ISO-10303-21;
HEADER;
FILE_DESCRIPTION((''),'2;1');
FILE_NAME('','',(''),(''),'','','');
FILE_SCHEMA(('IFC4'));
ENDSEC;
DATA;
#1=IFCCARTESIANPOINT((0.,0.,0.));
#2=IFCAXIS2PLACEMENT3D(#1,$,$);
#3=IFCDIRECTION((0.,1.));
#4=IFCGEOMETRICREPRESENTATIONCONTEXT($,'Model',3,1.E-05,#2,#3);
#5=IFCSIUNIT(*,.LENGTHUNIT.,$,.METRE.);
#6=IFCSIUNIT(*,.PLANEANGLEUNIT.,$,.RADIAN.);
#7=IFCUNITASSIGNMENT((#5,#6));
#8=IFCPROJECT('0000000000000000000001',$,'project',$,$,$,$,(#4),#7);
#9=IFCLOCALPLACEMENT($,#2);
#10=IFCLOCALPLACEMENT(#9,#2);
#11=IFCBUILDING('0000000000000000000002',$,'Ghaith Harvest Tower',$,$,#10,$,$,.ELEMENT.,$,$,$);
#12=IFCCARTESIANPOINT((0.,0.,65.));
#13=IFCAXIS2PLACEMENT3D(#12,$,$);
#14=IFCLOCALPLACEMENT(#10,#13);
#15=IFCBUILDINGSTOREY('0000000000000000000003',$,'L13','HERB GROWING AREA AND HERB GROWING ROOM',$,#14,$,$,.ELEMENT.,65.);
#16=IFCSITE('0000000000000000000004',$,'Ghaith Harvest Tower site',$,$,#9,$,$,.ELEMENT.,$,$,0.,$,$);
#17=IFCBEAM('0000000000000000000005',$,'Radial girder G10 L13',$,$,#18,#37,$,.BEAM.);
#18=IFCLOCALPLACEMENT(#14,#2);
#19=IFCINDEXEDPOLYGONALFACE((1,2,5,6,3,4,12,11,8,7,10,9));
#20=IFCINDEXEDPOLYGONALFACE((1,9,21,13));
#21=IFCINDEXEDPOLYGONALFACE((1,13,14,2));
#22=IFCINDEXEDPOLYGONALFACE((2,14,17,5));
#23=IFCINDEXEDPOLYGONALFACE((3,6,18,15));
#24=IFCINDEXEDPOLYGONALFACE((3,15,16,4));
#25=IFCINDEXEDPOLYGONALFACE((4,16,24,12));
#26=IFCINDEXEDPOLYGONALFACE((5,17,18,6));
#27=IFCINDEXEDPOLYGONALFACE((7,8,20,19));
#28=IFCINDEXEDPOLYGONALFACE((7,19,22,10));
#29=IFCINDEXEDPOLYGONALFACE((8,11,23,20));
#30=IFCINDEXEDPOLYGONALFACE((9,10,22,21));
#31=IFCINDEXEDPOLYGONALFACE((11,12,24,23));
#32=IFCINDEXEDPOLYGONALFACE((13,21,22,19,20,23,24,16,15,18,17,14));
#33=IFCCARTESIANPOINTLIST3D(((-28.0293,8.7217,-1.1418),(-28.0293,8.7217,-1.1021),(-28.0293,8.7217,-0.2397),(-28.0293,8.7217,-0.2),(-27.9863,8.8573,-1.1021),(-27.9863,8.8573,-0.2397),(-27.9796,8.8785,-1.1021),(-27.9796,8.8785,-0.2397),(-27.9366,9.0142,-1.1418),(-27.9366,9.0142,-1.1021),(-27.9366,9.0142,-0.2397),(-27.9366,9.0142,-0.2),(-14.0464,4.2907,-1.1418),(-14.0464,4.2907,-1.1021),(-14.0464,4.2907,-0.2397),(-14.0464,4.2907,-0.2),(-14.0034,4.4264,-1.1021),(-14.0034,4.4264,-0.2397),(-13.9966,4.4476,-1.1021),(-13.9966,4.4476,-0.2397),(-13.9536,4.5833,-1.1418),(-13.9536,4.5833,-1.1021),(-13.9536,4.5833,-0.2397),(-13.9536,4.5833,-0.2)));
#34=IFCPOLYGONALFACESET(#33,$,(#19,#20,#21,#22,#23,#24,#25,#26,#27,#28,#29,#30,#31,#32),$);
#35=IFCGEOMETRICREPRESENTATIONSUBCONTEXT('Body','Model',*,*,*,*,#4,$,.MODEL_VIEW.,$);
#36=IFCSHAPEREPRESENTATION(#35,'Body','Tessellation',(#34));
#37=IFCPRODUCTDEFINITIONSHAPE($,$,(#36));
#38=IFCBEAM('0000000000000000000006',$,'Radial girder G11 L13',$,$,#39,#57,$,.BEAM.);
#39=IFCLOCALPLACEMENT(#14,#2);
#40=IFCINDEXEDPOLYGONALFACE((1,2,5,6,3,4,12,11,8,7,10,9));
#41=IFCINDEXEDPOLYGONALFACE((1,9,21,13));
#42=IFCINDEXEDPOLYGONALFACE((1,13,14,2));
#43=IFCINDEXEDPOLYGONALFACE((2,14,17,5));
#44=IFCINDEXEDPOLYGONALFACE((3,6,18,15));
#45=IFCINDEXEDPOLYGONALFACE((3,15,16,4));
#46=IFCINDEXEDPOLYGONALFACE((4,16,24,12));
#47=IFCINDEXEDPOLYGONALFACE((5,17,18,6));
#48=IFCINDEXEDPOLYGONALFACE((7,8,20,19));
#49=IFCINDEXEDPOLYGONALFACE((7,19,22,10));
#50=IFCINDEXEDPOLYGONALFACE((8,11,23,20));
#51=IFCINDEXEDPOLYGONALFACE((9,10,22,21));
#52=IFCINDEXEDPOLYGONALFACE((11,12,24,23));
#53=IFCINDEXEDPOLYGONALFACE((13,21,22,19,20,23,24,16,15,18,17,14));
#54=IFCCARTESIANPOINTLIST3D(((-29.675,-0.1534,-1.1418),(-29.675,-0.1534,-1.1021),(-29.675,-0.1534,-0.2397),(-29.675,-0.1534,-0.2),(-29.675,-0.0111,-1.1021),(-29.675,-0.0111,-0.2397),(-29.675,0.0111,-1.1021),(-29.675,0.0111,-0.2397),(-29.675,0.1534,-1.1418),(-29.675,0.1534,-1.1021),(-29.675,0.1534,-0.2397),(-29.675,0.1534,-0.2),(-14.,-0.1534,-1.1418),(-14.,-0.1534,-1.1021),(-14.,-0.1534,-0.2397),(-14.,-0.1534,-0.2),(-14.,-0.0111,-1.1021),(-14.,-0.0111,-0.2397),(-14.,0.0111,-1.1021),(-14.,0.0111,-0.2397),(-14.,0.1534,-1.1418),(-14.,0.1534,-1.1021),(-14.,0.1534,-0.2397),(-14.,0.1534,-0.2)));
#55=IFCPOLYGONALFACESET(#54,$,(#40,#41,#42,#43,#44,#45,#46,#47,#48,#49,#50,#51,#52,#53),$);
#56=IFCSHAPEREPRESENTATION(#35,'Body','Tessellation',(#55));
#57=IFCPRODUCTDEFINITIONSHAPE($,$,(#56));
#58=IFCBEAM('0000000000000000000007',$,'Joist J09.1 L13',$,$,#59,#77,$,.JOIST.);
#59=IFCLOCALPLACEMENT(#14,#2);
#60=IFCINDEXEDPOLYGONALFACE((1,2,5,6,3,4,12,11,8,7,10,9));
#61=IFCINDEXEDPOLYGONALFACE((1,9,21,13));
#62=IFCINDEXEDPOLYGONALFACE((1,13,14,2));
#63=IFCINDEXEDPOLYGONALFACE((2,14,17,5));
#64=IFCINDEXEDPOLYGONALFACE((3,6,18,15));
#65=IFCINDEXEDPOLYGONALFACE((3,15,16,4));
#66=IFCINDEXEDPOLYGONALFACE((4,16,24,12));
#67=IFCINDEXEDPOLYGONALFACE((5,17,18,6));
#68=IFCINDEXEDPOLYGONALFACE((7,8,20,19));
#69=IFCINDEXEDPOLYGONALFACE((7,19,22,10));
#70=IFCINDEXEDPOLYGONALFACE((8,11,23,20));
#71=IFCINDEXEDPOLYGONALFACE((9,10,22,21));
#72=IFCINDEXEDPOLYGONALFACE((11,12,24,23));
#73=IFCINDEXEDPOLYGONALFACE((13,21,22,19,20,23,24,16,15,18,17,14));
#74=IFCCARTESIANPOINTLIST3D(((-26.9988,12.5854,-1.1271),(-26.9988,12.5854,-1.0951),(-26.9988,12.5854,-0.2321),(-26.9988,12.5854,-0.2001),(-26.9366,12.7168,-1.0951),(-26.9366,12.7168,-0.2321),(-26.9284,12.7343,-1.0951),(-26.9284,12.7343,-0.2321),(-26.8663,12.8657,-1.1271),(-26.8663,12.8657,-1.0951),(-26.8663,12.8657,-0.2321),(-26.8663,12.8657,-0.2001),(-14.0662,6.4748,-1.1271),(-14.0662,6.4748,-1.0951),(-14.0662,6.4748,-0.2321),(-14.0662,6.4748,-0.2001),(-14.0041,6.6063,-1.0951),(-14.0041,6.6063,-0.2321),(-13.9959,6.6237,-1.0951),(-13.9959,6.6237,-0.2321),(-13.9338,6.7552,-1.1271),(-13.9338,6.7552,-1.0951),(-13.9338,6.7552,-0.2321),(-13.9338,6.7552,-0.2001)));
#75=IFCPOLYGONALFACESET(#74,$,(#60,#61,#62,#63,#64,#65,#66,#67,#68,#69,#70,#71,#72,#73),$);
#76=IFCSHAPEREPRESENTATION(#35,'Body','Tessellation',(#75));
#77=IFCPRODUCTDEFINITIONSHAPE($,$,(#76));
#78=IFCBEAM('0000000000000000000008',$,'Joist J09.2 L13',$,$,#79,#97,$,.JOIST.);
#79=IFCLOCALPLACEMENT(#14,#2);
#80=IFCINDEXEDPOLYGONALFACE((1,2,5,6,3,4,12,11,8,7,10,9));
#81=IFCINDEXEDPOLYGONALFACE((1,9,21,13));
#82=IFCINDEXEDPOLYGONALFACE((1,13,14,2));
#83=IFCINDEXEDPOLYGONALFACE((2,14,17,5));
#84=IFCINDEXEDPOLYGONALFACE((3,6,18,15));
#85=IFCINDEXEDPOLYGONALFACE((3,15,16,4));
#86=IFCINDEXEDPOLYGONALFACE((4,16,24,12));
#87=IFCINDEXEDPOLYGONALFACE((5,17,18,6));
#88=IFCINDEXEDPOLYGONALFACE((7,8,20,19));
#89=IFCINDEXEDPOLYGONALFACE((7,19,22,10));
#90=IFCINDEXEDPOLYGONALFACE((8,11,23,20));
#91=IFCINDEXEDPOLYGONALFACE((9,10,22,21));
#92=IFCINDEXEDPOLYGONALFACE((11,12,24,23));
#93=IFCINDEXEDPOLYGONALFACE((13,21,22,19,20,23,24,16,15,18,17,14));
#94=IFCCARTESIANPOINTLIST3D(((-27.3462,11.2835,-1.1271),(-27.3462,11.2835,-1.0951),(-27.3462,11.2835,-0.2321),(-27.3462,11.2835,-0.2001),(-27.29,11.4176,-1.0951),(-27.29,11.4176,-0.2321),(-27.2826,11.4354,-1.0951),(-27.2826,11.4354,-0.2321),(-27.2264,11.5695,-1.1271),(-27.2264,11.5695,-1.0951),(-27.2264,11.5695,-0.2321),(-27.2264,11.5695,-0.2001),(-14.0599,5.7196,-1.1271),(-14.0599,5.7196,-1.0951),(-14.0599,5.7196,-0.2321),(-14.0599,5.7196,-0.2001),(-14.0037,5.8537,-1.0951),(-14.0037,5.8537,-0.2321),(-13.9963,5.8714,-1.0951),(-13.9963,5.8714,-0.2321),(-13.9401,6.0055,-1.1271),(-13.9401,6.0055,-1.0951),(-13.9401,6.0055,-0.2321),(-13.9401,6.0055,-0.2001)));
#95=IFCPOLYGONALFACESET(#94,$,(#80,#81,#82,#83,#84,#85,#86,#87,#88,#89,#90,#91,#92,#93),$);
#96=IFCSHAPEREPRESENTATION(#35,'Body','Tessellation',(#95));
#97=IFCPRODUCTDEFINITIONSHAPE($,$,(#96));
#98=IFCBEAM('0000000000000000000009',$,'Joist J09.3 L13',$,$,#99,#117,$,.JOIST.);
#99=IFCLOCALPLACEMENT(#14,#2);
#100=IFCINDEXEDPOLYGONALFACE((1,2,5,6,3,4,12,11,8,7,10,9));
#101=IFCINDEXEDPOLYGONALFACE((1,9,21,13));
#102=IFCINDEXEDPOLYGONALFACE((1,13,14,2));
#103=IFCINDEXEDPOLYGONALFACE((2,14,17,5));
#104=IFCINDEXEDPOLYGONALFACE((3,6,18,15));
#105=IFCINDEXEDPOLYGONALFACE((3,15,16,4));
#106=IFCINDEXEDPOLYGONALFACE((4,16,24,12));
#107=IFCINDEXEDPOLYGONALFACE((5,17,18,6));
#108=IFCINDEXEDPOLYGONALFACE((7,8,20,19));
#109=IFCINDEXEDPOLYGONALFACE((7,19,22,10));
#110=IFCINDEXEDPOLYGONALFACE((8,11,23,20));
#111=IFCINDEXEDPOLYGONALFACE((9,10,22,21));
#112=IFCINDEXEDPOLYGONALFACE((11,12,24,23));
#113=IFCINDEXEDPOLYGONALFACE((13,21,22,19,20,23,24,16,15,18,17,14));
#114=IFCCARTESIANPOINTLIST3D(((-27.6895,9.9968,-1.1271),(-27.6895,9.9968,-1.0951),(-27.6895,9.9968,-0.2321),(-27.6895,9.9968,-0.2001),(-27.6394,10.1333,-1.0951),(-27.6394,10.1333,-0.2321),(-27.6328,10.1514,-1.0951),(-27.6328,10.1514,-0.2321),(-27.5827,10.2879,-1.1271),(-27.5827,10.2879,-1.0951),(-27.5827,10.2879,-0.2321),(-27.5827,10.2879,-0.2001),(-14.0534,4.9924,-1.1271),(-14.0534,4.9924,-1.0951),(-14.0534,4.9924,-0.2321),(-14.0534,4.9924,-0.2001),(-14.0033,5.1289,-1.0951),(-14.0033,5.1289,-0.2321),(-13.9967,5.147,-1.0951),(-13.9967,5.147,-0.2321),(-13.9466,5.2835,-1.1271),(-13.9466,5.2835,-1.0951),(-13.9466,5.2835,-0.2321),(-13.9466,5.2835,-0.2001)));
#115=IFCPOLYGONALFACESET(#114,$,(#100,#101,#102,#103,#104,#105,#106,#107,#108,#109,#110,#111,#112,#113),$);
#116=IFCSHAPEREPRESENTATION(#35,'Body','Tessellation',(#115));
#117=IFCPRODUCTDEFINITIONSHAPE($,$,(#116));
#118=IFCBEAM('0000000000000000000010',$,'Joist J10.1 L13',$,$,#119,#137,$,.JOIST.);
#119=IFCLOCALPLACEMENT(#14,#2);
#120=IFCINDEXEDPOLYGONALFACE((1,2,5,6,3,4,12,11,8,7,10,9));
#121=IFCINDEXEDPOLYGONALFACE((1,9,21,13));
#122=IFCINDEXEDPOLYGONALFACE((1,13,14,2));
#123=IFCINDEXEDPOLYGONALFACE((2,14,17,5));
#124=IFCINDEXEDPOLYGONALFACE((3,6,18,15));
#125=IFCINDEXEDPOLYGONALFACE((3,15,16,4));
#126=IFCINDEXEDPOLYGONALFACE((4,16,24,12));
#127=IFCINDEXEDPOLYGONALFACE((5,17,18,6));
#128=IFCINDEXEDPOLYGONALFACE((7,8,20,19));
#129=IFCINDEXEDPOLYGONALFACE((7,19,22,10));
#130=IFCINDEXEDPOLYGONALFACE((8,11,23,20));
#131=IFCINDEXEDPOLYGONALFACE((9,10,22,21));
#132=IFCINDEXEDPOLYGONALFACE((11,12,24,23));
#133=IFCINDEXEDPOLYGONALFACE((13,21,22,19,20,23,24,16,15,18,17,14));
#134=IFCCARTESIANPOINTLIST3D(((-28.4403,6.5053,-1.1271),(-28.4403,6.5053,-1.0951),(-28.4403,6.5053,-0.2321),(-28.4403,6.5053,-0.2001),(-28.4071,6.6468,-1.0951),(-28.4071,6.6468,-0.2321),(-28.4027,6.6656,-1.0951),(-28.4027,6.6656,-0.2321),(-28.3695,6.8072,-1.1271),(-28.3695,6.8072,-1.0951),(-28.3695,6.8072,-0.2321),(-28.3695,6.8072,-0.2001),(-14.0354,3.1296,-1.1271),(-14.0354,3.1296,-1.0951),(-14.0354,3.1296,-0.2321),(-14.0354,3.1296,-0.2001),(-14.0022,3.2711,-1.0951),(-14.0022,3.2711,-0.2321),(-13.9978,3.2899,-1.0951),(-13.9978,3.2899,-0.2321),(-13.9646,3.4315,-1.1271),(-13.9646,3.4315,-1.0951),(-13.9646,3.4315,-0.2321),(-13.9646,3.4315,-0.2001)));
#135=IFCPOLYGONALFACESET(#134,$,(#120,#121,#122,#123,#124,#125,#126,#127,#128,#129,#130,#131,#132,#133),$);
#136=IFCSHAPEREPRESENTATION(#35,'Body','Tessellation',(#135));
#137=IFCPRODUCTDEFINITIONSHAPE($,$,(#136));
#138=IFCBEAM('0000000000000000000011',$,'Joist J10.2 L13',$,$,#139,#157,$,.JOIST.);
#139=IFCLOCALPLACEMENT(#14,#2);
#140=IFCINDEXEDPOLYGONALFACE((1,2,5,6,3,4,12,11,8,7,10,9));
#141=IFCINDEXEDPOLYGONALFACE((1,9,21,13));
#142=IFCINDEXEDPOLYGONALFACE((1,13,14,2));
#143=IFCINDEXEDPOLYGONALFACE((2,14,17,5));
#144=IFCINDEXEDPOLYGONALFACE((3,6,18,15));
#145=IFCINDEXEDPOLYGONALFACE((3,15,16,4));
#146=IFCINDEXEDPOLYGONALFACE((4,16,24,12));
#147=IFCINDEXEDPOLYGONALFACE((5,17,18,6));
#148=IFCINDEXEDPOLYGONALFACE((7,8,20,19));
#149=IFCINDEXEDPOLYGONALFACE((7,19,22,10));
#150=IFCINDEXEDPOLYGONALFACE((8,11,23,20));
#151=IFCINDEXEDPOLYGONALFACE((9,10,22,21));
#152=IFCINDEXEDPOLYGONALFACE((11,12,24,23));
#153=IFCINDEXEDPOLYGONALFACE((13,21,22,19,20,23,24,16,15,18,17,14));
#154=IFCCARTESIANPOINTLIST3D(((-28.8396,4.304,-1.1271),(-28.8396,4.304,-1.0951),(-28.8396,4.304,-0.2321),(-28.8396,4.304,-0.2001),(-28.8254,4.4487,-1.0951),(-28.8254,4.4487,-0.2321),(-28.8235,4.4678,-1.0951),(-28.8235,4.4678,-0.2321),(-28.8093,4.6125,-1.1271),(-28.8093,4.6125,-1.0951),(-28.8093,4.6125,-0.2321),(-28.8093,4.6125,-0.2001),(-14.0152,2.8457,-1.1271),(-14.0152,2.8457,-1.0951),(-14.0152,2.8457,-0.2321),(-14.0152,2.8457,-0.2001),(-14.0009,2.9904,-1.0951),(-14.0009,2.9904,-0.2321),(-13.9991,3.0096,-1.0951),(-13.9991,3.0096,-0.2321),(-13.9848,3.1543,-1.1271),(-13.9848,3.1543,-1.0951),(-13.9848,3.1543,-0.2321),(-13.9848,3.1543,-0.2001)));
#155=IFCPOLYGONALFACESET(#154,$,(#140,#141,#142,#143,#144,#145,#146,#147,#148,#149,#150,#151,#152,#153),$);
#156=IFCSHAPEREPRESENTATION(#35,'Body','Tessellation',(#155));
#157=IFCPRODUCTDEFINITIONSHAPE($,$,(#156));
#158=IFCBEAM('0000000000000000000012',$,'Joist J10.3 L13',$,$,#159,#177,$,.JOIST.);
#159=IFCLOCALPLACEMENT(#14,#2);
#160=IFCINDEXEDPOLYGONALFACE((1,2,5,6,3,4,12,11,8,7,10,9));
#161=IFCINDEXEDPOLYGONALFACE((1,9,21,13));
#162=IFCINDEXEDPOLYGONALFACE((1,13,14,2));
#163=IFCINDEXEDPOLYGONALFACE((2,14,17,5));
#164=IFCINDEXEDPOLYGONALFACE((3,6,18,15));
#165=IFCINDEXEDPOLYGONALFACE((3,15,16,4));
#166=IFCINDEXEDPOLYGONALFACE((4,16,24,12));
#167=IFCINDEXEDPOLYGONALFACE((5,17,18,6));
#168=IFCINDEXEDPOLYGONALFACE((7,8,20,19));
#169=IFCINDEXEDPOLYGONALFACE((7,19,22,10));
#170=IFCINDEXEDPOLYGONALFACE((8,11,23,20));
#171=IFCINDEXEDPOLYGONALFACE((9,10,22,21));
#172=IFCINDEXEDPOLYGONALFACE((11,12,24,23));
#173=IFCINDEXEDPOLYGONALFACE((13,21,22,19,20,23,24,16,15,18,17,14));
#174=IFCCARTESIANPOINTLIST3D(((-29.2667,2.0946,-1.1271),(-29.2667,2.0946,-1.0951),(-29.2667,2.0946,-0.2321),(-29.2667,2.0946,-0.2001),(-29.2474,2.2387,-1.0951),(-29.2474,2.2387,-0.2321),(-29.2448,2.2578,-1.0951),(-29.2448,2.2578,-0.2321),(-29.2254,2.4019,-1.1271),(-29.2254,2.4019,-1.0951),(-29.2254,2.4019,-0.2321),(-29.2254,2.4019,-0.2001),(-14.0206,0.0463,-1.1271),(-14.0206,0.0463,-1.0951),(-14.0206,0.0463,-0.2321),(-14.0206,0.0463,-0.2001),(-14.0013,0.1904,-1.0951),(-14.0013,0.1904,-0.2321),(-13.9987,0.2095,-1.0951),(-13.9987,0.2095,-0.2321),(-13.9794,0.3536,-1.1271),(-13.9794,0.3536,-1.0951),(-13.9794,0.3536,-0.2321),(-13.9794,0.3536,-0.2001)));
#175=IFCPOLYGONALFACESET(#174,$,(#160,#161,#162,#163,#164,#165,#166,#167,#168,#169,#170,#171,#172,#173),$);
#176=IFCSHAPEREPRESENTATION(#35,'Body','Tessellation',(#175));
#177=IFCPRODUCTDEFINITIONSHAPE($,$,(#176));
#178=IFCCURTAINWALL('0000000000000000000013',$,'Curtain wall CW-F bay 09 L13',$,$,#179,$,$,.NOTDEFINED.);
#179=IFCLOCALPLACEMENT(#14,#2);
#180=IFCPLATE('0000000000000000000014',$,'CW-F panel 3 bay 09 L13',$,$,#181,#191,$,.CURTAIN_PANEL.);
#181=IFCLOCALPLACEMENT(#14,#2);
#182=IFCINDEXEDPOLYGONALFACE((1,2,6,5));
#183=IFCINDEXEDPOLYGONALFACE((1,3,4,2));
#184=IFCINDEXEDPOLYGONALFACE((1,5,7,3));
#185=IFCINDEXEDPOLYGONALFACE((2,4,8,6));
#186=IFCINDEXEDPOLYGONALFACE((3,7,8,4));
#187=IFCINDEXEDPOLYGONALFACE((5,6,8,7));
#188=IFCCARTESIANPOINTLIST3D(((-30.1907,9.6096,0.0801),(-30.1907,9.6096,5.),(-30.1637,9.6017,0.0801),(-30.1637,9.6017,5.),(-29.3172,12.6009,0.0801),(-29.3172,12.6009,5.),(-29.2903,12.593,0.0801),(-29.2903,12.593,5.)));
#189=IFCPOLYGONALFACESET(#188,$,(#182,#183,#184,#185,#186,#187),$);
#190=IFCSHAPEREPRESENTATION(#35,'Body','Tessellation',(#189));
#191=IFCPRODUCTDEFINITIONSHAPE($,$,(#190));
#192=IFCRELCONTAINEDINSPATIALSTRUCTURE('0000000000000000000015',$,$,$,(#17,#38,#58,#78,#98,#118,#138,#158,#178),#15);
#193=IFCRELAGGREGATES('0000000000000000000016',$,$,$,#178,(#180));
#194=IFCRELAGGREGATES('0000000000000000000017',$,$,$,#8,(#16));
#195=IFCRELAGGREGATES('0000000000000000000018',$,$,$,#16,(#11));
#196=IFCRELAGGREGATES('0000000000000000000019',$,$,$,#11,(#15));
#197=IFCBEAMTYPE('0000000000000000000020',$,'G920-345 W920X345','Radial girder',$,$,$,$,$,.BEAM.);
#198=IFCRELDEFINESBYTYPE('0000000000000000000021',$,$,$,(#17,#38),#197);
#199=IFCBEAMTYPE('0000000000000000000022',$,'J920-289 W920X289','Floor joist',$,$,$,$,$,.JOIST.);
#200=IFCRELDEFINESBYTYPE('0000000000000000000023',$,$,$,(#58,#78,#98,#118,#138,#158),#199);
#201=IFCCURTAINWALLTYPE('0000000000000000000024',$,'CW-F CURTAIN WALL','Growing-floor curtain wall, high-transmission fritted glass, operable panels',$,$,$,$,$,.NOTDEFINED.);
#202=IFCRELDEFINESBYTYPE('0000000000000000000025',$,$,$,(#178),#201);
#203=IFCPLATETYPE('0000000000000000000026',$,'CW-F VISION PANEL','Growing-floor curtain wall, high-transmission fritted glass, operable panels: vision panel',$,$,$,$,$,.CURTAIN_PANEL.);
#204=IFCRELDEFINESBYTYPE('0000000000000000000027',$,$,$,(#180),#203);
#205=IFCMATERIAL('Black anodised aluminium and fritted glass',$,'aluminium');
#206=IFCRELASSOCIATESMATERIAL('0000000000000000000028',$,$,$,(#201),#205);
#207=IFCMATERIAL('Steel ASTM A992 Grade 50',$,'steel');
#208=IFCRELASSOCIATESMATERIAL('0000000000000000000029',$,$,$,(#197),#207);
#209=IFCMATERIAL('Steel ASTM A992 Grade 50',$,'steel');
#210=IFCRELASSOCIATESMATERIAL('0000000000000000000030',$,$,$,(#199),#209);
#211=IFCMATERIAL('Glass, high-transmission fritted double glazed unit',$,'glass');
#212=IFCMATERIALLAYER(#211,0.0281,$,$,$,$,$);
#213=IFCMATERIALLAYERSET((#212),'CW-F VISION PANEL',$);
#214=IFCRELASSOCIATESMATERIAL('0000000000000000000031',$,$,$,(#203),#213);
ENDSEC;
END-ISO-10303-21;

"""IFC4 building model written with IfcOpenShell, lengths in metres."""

from ifc_helpers import new_model, si_unit, direction, frame, origin, origin_2d, place, context, subcontext, project, spatial, rectangle, i_section, extrude, material, layer, layer_set, material_profile, profile_set, type_object, element, aggregate, save


model = new_model("IFC4")

# Units and contexts
model_context = context("Model", 3, precision=1e-05, world=origin(), true_north=direction((0.0, 1.0)))
body_context = subcontext(model_context, "Body", "Model", "MODEL_VIEW")
ifc_project = project(units=[si_unit("LENGTHUNIT", "METRE"), si_unit("PLANEANGLEUNIT", "RADIAN")], contexts=[model_context])

# Site, building, storey
site_placement = place(None, origin())
site = spatial("IfcSite", under=ifc_project, at=site_placement, Name="Ghaith Harvest Tower site", CompositionType="ELEMENT", RefElevation=0.0)
building_placement = place(site_placement, origin())
building = spatial("IfcBuilding", under=site, at=building_placement, Name="Ghaith Harvest Tower", CompositionType="ELEMENT")
storey_placement = place(building_placement, frame((0.0, 0.0, 65.0)))
storey = spatial("IfcBuildingStorey", under=building, at=storey_placement, Name="L13", Description="HERB GROWING AREA AND HERB GROWING ROOM", CompositionType="ELEMENT", Elevation=65.0)

# Shared definitions
ifc_material_1 = material(Name="Black anodised aluminium and fritted glass", Category="aluminium")
curtain_wall_type = type_object("IfcCurtainWallType", Name="CW-F CURTAIN WALL", Description="Growing-floor curtain wall, high-transmission fritted glass, operable panels", PredefinedType="NOTDEFINED", material=ifc_material_1)

# Beams
ifc_material_2 = material(Name="Steel ASTM A992 Grade 50", Category="steel")
ifc_material_profile_1 = material_profile(ifc_material_2, i_section(OverallWidth=0.3069, OverallDepth=0.9419, WebThickness=0.0222, FlangeThickness=0.0398, at=origin_2d()), Name="W920X345")
ifc_profile_set_1 = profile_set([ifc_material_profile_1], Name="Steel ASTM A992 Grade 50")
beam_type_1 = type_object("IfcBeamType", Name="G920-345 W920X345", Description="Radial girder", PredefinedType="BEAM", material=ifc_profile_set_1)
beam_1_placement = place(storey_placement, frame((-14.0, 4.437, -0.6709), z_axis=(-0.953284, 0.302077, 0.0), x_axis=(-0.302077, -0.953284, 0.0)))
element("IfcBeam", 1, at=beam_1_placement, inside=storey, type_object=beam_type_1, Name="Radial girder G10 L13", PredefinedType="BEAM", context=body_context, shape_type="SweptSolid", body=[
    extrude(i_section(OverallWidth=0.3069, OverallDepth=0.9419, WebThickness=0.0222, FlangeThickness=0.0398, at=origin_2d()), origin(), (0.0, 0.0, 1.0), 14.6682),
])
beam_2_placement = place(storey_placement, frame((-14.0, 0.0, -0.6709), z_axis=(-1.0, 0.0, 0.0), x_axis=(0.0, -1.0, 0.0)))
element("IfcBeam", 2, at=beam_2_placement, inside=storey, type_object=beam_type_1, Name="Radial girder G11 L13", PredefinedType="BEAM", context=body_context, shape_type="SweptSolid", body=[
    extrude(i_section(OverallWidth=0.3069, OverallDepth=0.9419, WebThickness=0.0222, FlangeThickness=0.0398, at=origin_2d()), origin(), (0.0, 0.0, 1.0), 15.675),
])
ifc_material_3 = material(Name="Steel ASTM A992 Grade 50", Category="steel")
ifc_material_profile_2 = material_profile(ifc_material_3, i_section(OverallWidth=0.3101, OverallDepth=0.927, WebThickness=0.0193, FlangeThickness=0.032, at=origin_2d()), Name="W920X289")
ifc_profile_set_2 = profile_set([ifc_material_profile_2], Name="Steel ASTM A992 Grade 50")
beam_type_2 = type_object("IfcBeamType", Name="J920-289 W920X289", Description="Floor joist", PredefinedType="JOIST", material=ifc_profile_set_2)
beam_3_placement = place(storey_placement, frame((-14.0, 6.615, -0.6636), z_axis=(-0.904153, 0.427208, 0.0), x_axis=(-0.427208, -0.904153, 0.0)))
element("IfcBeam", 3, at=beam_3_placement, inside=storey, type_object=beam_type_2, Name="Joist J09.1 L13", PredefinedType="JOIST", context=body_context, shape_type="SweptSolid", body=[
    extrude(i_section(OverallWidth=0.3101, OverallDepth=0.927, WebThickness=0.0193, FlangeThickness=0.032, at=origin_2d()), origin(), (0.0, 0.0, 1.0), 14.3035),
])
beam_4_placement = place(storey_placement, frame((-14.0, 5.8625, -0.6636), z_axis=(-0.922386, 0.38627, 0.0), x_axis=(-0.38627, -0.922386, 0.0)))
element("IfcBeam", 4, at=beam_4_placement, inside=storey, type_object=beam_type_2, Name="Joist J09.2 L13", PredefinedType="JOIST", context=body_context, shape_type="SweptSolid", body=[
    extrude(i_section(OverallWidth=0.3101, OverallDepth=0.927, WebThickness=0.0193, FlangeThickness=0.032, at=origin_2d()), origin(), (0.0, 0.0, 1.0), 14.4043),
])
beam_5_placement = place(storey_placement, frame((-14.0, 5.1379, -0.6636), z_axis=(-0.938775, 0.34453, 0.0), x_axis=(-0.34453, -0.938775, 0.0)))
element("IfcBeam", 5, at=beam_5_placement, inside=storey, type_object=beam_type_2, Name="Joist J09.3 L13", PredefinedType="JOIST", context=body_context, shape_type="SweptSolid", body=[
    extrude(i_section(OverallWidth=0.3101, OverallDepth=0.927, WebThickness=0.0193, FlangeThickness=0.032, at=origin_2d()), origin(), (0.0, 0.0, 1.0), 14.5254),
])
beam_6_placement = place(storey_placement, frame((-14.0, 3.2805, -0.6636), z_axis=(-0.973623, 0.228163, 0.0), x_axis=(-0.228163, -0.973623, 0.0)))
element("IfcBeam", 6, at=beam_6_placement, inside=storey, type_object=beam_type_2, Name="Joist J10.1 L13", PredefinedType="JOIST", context=body_context, shape_type="SweptSolid", body=[
    extrude(i_section(OverallWidth=0.3101, OverallDepth=0.927, WebThickness=0.0193, FlangeThickness=0.032, at=origin_2d()), origin(), (0.0, 0.0, 1.0), 14.7952),
])
beam_7_placement = place(storey_placement, frame((-14.0, 3.0, -0.6636), z_axis=(-0.995197, 0.097895, 0.0), x_axis=(-0.097895, -0.995197, 0.0)))
element("IfcBeam", 7, at=beam_7_placement, inside=storey, type_object=beam_type_2, Name="Joist J10.2 L13", PredefinedType="JOIST", context=body_context, shape_type="SweptSolid", body=[
    extrude(i_section(OverallWidth=0.3101, OverallDepth=0.927, WebThickness=0.0193, FlangeThickness=0.032, at=origin_2d()), origin(), (0.0, 0.0, 1.0), 14.896),
])
beam_8_placement = place(storey_placement, frame((-14.0, 0.2, -0.6636), z_axis=(-0.991095, 0.133155, 0.0), x_axis=(-0.133155, -0.991095, 0.0)))
element("IfcBeam", 8, at=beam_8_placement, inside=storey, type_object=beam_type_2, Name="Joist J10.3 L13", PredefinedType="JOIST", context=body_context, shape_type="SweptSolid", body=[
    extrude(i_section(OverallWidth=0.3101, OverallDepth=0.927, WebThickness=0.0193, FlangeThickness=0.032, at=origin_2d()), origin(), (0.0, 0.0, 1.0), 15.3831),
])

# Curtain wall, plate
curtain_wall_1_placement = place(storey_placement, origin())
curtain_wall_1 = element("IfcCurtainWall", 9, at=curtain_wall_1_placement, inside=storey, type_object=curtain_wall_type, Name="Curtain wall CW-F bay 09 L13", PredefinedType="NOTDEFINED")
ifc_material_4 = material(Name="Glass, high-transmission fritted double glazed unit", Category="glass")
ifc_layer_1 = layer(ifc_material_4, 0.0281)
ifc_layer_set_1 = layer_set([ifc_layer_1], Name="CW-F VISION PANEL")
plate_type = type_object("IfcPlateType", Name="CW-F VISION PANEL", Description="Growing-floor curtain wall, high-transmission fritted glass, operable panels: vision panel", PredefinedType="CURTAIN_PANEL", material=ifc_layer_set_1)
plate_1_placement = place(storey_placement, frame((-29.7405, 11.1013, 0.0801), z_axis=(0.0, 0.0, 1.0), x_axis=(-0.280297, -0.959913, 0.0)))
plate_1 = element("IfcPlate", 10, at=plate_1_placement, type_object=plate_type, Name="CW-F panel 3 bay 09 L13", PredefinedType="CURTAIN_PANEL", context=body_context, shape_type="SweptSolid", body=[
    extrude(rectangle(XDim=3.1162, YDim=0.0281, at=origin_2d()), origin(), (0.0, 0.0, 1.0), 4.9199),
])
aggregate(curtain_wall_1, [plate_1])

save(model, "model.ifc")
